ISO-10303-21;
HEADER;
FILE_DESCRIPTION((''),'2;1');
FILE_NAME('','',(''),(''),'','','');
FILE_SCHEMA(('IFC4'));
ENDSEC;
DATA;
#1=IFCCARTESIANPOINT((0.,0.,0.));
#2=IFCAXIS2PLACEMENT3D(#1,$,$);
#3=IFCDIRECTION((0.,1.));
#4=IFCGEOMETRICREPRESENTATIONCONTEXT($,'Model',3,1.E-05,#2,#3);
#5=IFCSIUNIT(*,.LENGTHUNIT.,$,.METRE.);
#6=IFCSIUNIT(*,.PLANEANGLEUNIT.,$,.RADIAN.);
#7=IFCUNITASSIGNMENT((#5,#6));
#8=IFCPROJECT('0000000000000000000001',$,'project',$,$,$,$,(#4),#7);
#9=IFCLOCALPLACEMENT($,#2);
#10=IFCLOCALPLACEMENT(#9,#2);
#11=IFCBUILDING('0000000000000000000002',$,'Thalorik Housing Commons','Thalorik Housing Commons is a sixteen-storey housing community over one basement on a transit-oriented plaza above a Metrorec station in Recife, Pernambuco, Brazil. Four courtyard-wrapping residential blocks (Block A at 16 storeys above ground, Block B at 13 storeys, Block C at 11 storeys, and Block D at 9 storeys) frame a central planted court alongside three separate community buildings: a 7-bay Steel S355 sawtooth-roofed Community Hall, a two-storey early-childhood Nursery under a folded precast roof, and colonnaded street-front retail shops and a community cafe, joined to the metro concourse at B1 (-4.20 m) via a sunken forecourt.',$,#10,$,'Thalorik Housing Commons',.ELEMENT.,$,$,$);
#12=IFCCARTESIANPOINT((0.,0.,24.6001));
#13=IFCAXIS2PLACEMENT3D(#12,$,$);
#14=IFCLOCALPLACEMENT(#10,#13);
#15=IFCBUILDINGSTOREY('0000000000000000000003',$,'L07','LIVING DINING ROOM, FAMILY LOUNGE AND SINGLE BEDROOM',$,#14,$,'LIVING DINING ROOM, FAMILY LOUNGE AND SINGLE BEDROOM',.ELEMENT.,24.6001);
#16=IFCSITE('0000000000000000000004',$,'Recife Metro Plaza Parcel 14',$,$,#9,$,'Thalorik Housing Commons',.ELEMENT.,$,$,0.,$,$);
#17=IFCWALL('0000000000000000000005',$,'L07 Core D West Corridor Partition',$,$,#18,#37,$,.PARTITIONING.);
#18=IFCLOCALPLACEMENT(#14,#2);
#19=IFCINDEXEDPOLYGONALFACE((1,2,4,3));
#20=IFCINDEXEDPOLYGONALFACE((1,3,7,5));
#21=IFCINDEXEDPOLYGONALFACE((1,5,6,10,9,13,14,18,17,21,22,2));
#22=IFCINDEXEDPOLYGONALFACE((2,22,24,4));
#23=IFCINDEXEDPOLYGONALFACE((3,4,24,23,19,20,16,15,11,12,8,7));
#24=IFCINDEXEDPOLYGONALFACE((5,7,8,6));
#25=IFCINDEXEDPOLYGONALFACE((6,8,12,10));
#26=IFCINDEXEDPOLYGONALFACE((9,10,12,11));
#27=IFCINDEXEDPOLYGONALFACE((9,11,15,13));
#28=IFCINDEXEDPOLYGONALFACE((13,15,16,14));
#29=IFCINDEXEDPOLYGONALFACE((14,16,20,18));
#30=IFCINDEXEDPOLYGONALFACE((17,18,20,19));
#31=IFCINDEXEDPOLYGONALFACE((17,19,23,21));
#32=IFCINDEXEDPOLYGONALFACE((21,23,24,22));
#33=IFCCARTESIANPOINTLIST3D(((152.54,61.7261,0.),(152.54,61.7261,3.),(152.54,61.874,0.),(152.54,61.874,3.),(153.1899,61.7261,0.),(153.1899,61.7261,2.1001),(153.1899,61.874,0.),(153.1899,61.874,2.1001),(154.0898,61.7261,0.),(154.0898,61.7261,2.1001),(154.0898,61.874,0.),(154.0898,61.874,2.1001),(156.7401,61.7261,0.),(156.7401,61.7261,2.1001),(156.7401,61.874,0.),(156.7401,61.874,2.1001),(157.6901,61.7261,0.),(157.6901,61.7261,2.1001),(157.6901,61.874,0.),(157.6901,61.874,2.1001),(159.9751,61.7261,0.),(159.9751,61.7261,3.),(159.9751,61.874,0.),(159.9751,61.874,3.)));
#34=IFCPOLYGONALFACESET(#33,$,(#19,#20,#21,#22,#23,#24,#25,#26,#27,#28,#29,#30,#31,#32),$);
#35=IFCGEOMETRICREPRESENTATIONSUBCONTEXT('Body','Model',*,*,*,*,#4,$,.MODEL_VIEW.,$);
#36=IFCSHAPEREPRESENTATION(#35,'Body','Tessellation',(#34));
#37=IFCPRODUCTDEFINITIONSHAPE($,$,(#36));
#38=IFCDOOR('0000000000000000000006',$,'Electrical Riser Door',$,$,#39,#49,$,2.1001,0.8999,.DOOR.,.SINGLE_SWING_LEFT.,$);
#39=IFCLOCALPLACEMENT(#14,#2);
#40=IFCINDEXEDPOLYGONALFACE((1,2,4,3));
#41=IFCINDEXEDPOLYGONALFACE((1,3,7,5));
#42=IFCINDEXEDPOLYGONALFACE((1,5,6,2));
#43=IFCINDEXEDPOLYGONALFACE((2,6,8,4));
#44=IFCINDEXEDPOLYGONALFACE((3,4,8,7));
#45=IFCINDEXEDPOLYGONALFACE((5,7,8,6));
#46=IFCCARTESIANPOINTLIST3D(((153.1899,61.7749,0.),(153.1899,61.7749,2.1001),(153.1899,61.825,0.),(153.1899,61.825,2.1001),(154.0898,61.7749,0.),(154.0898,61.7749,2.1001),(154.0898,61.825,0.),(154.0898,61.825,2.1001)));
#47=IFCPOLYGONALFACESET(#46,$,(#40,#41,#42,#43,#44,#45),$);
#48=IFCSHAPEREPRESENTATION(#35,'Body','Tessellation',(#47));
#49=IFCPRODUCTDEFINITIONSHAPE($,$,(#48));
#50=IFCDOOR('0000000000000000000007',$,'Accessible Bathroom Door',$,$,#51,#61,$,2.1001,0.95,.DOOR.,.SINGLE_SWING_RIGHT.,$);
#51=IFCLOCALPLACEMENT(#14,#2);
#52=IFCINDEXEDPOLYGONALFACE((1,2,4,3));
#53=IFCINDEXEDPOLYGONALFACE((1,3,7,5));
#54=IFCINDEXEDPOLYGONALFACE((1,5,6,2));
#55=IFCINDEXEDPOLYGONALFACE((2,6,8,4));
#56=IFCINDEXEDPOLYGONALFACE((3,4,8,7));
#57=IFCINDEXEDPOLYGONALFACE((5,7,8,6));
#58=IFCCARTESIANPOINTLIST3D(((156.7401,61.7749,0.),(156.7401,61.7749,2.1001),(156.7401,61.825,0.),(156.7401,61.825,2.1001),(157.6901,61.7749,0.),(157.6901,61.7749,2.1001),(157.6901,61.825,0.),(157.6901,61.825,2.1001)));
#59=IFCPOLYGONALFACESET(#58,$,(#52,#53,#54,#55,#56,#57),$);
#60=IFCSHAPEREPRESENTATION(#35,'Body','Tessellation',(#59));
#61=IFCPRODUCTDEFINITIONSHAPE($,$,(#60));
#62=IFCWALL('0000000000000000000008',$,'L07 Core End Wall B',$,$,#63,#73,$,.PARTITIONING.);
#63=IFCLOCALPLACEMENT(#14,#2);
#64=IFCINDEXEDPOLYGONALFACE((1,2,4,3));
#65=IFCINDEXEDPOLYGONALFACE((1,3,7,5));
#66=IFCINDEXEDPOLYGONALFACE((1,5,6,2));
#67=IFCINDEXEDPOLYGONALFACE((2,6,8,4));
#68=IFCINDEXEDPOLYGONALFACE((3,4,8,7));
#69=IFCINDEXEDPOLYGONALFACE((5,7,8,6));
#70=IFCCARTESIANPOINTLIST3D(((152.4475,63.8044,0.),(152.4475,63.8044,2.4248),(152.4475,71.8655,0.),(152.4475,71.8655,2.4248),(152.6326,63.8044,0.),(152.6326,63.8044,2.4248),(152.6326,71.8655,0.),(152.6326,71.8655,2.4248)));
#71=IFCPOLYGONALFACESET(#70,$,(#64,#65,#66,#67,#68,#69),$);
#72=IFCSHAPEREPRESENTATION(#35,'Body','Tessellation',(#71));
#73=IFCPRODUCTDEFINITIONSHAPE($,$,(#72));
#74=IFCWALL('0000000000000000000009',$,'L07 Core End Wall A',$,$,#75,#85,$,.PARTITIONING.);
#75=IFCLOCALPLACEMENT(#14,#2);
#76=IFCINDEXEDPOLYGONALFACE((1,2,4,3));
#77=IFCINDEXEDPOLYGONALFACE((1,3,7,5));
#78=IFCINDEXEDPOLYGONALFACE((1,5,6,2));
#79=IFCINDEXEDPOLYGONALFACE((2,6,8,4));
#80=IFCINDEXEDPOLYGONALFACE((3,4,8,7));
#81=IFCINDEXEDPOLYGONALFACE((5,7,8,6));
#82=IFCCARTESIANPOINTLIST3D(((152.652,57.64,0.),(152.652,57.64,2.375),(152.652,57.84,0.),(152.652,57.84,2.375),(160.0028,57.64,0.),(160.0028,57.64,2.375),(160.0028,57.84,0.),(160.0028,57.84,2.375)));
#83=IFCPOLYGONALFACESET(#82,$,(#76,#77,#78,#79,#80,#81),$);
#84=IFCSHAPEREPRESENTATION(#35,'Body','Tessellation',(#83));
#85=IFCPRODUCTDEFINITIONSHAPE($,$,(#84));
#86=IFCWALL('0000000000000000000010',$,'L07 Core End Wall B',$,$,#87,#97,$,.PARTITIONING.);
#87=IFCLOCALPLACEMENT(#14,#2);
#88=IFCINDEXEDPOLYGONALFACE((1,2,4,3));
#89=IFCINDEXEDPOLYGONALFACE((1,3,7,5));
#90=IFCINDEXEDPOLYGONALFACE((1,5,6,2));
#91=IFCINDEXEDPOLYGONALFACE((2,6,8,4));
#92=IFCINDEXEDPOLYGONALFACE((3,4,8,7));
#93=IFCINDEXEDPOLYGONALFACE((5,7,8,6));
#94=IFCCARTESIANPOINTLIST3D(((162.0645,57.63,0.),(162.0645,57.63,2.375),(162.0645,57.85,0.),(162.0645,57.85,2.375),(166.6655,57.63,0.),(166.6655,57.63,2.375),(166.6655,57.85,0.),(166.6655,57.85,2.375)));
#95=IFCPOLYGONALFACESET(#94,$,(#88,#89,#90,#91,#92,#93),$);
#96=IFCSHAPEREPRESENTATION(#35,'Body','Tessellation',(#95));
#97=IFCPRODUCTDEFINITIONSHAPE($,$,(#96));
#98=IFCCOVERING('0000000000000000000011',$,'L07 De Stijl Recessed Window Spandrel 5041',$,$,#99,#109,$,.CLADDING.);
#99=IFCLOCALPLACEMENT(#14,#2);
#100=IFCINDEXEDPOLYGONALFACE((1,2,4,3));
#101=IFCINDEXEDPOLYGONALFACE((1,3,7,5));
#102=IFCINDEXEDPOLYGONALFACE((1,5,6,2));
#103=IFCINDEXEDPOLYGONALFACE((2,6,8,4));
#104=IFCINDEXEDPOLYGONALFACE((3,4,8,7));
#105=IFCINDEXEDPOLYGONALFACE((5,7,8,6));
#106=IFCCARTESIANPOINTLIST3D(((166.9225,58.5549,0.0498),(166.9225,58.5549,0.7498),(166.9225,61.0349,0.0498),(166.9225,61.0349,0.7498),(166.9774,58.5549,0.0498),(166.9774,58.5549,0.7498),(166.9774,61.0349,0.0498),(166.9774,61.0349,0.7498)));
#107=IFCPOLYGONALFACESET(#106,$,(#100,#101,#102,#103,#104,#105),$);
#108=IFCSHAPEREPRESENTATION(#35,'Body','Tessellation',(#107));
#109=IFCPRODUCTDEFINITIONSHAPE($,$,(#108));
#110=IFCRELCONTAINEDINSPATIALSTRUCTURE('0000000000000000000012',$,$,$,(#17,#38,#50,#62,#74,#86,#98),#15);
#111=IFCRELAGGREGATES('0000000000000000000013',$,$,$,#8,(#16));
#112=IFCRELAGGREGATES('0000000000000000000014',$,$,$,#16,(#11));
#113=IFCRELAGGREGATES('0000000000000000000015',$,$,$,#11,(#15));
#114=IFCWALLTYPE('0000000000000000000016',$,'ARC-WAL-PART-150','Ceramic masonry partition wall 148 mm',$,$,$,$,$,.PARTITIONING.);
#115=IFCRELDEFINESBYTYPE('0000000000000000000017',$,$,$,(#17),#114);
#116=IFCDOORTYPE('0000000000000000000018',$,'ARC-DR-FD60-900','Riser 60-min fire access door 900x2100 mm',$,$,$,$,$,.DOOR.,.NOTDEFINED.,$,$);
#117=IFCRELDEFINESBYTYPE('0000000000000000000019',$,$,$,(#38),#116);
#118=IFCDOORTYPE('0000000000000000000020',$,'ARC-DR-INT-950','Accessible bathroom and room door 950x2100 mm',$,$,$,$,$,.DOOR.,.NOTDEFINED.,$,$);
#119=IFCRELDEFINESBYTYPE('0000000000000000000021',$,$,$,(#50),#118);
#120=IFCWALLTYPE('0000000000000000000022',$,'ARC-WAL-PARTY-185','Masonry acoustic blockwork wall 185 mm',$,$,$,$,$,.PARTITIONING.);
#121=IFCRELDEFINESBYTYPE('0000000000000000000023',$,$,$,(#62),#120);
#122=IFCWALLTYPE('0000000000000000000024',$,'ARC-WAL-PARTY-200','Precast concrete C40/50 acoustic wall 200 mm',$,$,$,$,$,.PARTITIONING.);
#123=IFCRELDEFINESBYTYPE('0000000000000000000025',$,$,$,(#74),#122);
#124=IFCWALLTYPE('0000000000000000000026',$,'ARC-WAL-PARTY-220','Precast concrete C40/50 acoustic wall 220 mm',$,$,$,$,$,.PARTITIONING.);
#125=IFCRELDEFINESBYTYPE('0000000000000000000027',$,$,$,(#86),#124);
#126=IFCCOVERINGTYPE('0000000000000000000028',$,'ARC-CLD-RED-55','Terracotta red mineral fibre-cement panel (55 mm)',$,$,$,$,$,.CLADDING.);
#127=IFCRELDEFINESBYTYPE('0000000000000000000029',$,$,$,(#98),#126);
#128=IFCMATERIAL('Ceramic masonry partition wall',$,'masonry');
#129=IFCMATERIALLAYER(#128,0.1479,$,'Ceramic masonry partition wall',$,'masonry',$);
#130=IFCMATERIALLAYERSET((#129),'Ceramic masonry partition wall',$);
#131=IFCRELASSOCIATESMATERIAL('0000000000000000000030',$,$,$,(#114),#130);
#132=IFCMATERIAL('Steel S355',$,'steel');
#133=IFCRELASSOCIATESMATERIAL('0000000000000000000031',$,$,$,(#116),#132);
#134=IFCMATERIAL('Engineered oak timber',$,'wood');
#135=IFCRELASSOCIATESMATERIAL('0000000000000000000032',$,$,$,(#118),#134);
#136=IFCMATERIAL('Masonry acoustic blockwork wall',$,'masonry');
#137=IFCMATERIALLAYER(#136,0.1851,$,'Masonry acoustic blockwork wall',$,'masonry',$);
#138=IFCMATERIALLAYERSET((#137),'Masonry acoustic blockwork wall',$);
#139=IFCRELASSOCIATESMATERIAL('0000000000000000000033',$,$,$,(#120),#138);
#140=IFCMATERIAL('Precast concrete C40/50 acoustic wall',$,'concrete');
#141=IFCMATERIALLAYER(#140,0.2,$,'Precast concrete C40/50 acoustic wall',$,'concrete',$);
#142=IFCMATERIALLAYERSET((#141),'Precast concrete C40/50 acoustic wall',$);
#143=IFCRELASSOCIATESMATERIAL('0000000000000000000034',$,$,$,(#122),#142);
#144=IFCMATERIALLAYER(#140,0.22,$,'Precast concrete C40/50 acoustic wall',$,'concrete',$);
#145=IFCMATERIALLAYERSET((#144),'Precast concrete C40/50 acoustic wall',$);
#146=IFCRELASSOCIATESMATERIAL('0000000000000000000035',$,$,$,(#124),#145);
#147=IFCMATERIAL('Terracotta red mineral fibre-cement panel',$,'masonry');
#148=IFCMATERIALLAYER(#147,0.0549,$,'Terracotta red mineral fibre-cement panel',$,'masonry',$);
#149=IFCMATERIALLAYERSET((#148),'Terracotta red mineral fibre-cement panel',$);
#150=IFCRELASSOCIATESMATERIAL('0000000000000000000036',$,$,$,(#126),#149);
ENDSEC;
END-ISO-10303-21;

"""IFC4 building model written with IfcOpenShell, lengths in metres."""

from ifc_helpers import new_model, si_unit, direction, frame, frame_2d, origin, origin_2d, place, context, subcontext, project, spatial, rectangle, extrude, material, layer, layer_set, type_object, element, fill, save


model = new_model("IFC4")

# Units and contexts
model_context = context("Model", 3, precision=1e-05, world=origin(), true_north=direction((0.0, 1.0)))
body_context = subcontext(model_context, "Body", "Model", "MODEL_VIEW")
ifc_project = project(units=[si_unit("LENGTHUNIT", "METRE"), si_unit("PLANEANGLEUNIT", "RADIAN")], contexts=[model_context])

# Site, building, storey
site_placement = place(None, origin())
site = spatial("IfcSite", under=ifc_project, at=site_placement, Name="Recife Metro Plaza Parcel 14", LongName="Thalorik Housing Commons", CompositionType="ELEMENT", RefElevation=0.0)
building_placement = place(site_placement, origin())
building = spatial("IfcBuilding", under=site, at=building_placement, Name="Thalorik Housing Commons", Description="Thalorik Housing Commons is a sixteen-storey housing community over one basement on a transit-oriented plaza above a Metrorec station in Recife, Pernambuco, Brazil. Four courtyard-wrapping residential blocks (Block A at 16 storeys above ground, Block B at 13 storeys, Block C at 11 storeys, and Block D at 9 storeys) frame a central planted court alongside three separate community buildings: a 7-bay Steel S355 sawtooth-roofed Community Hall, a two-storey early-childhood Nursery under a folded precast roof, and colonnaded street-front retail shops and a community cafe, joined to the metro concourse at B1 (-4.20 m) via a sunken forecourt.", LongName="Thalorik Housing Commons", CompositionType="ELEMENT")
storey_placement = place(building_placement, frame((0.0, 0.0, 24.6001)))
storey = spatial("IfcBuildingStorey", under=building, at=storey_placement, Name="L07", Description="LIVING DINING ROOM, FAMILY LOUNGE AND SINGLE BEDROOM", LongName="LIVING DINING ROOM, FAMILY LOUNGE AND SINGLE BEDROOM", CompositionType="ELEMENT", Elevation=24.6001)

# Shared definitions
ifc_material_1 = material(Name="Steel S355", Category="steel")

# Shared definitions
ifc_material_2 = material(Name="Ceramic masonry partition wall", Category="masonry")
ifc_layer_1 = layer(ifc_material_2, 0.1479, Name="Ceramic masonry partition wall", Category="masonry")
ifc_layer_set_1 = layer_set([ifc_layer_1], Name="Ceramic masonry partition wall")
wall_type_1 = type_object("IfcWallType", Name="ARC-WAL-PART-150", Description="Ceramic masonry partition wall 148 mm", PredefinedType="PARTITIONING", material=ifc_layer_set_1)

# Wall, openings, doors
wall_1_placement = place(storey_placement, frame((152.54, 61.8, 0.0), z_axis=(0.0, 0.0, 1.0), x_axis=(1.0, 0.0, 0.0)))
wall_1 = element("IfcWall", 1, at=wall_1_placement, inside=storey, type_object=wall_type_1, Name="L07 Core D West Corridor Partition", PredefinedType="PARTITIONING", context=body_context, shape_type="SweptSolid", body=[
    extrude(rectangle(XDim=7.4351, YDim=0.1479, at=frame_2d((3.7175, 0.0))), origin(), (0.0, 0.0, 1.0), 3.0),
])
opening_1_placement = place(wall_1_placement, frame((0.6499, 0.0, 0.0)))
opening_1 = element("IfcOpeningElement", 2, at=opening_1_placement, cuts=wall_1, PredefinedType="OPENING", context=body_context, shape_type="SweptSolid", body=[
    extrude(rectangle(XDim=0.8999, YDim=2.1001, at=frame_2d((0.45, 1.05))), frame((0.0, 0.084, 0.0), z_axis=(0.0, -1.0, 0.0), x_axis=(1.0, 0.0, 0.0)), (0.0, 0.0, 1.0), 0.168),
])
opening_2_placement = place(wall_1_placement, frame((4.2, 0.0, 0.0)))
opening_2 = element("IfcOpeningElement", 3, at=opening_2_placement, cuts=wall_1, PredefinedType="OPENING", context=body_context, shape_type="SweptSolid", body=[
    extrude(rectangle(XDim=0.95, YDim=2.1001, at=frame_2d((0.4751, 1.05))), frame((0.0, 0.084, 0.0), z_axis=(0.0, -1.0, 0.0), x_axis=(1.0, 0.0, 0.0)), (0.0, 0.0, 1.0), 0.168),
])
door_type_1 = type_object("IfcDoorType", Name="ARC-DR-FD60-900", Description="Riser 60-min fire access door 900x2100 mm", OperationType="NOTDEFINED", PredefinedType="DOOR", material=ifc_material_1)
door_1_placement = place(opening_1_placement, origin())
door_1 = element("IfcDoor", 4, at=door_1_placement, inside=storey, type_object=door_type_1, Name="Electrical Riser Door", OperationType="SINGLE_SWING_LEFT", OverallHeight=2.1001, OverallWidth=0.8999, PredefinedType="DOOR", context=body_context, shape_type="SweptSolid", body=[
    extrude(rectangle(XDim=0.8999, YDim=2.1001, at=frame_2d((0.45, 1.05))), frame((0.0, 0.0249, 0.0), z_axis=(0.0, -1.0, 0.0), x_axis=(1.0, 0.0, 0.0)), (0.0, 0.0, 1.0), 0.05),
])
fill(opening_1, door_1)
ifc_material_3 = material(Name="Engineered oak timber", Category="wood")
door_type_2 = type_object("IfcDoorType", Name="ARC-DR-INT-950", Description="Accessible bathroom and room door 950x2100 mm", OperationType="NOTDEFINED", PredefinedType="DOOR", material=ifc_material_3)
door_2_placement = place(opening_2_placement, origin())
door_2 = element("IfcDoor", 5, at=door_2_placement, inside=storey, type_object=door_type_2, Name="Accessible Bathroom Door", OperationType="SINGLE_SWING_RIGHT", OverallHeight=2.1001, OverallWidth=0.95, PredefinedType="DOOR", context=body_context, shape_type="SweptSolid", body=[
    extrude(rectangle(XDim=0.95, YDim=2.1001, at=frame_2d((0.4751, 1.05))), frame((0.0, 0.0249, 0.0), z_axis=(0.0, -1.0, 0.0), x_axis=(1.0, 0.0, 0.0)), (0.0, 0.0, 1.0), 0.05),
])
fill(opening_2, door_2)

# Walls
ifc_material_4 = material(Name="Masonry acoustic blockwork wall", Category="masonry")
ifc_layer_2 = layer(ifc_material_4, 0.1851, Name="Masonry acoustic blockwork wall", Category="masonry")
ifc_layer_set_2 = layer_set([ifc_layer_2], Name="Masonry acoustic blockwork wall")
wall_type_2 = type_object("IfcWallType", Name="ARC-WAL-PARTY-185", Description="Masonry acoustic blockwork wall 185 mm", PredefinedType="PARTITIONING", material=ifc_layer_set_2)
wall_2_placement = place(storey_placement, frame((152.54, 63.8044, 0.0), z_axis=(0.0, 0.0, 1.0), x_axis=(0.0, 1.0, 0.0)))
element("IfcWall", 6, at=wall_2_placement, inside=storey, type_object=wall_type_2, Name="L07 Core End Wall B", PredefinedType="PARTITIONING", context=body_context, shape_type="SweptSolid", body=[
    extrude(rectangle(XDim=8.061, YDim=0.1851, at=frame_2d((4.0305, 0.0))), origin(), (0.0, 0.0, 1.0), 2.4248),
])
ifc_material_5 = material(Name="Precast concrete C40/50 acoustic wall", Category="concrete")
ifc_layer_3 = layer(ifc_material_5, 0.2, Name="Precast concrete C40/50 acoustic wall", Category="concrete")
ifc_layer_set_3 = layer_set([ifc_layer_3], Name="Precast concrete C40/50 acoustic wall")
wall_type_3 = type_object("IfcWallType", Name="ARC-WAL-PARTY-200", Description="Precast concrete C40/50 acoustic wall 200 mm", PredefinedType="PARTITIONING", material=ifc_layer_set_3)
wall_3_placement = place(storey_placement, frame((152.6521, 57.74, 0.0), z_axis=(0.0, 0.0, 1.0), x_axis=(1.0, 0.0, 0.0)))
element("IfcWall", 7, at=wall_3_placement, inside=storey, type_object=wall_type_3, Name="L07 Core End Wall A", PredefinedType="PARTITIONING", context=body_context, shape_type="SweptSolid", body=[
    extrude(rectangle(XDim=7.3508, YDim=0.2, at=frame_2d((3.6753, 0.0))), origin(), (0.0, 0.0, 1.0), 2.375),
])
ifc_layer_4 = layer(ifc_material_5, 0.22, Name="Precast concrete C40/50 acoustic wall", Category="concrete")
ifc_layer_set_4 = layer_set([ifc_layer_4], Name="Precast concrete C40/50 acoustic wall")
wall_type_4 = type_object("IfcWallType", Name="ARC-WAL-PARTY-220", Description="Precast concrete C40/50 acoustic wall 220 mm", PredefinedType="PARTITIONING", material=ifc_layer_set_4)
wall_4_placement = place(storey_placement, frame((162.0645, 57.74, 0.0), z_axis=(0.0, 0.0, 1.0), x_axis=(1.0, 0.0, 0.0)))
element("IfcWall", 8, at=wall_4_placement, inside=storey, type_object=wall_type_4, Name="L07 Core End Wall B", PredefinedType="PARTITIONING", context=body_context, shape_type="SweptSolid", body=[
    extrude(rectangle(XDim=4.6011, YDim=0.22, at=frame_2d((2.3005, 0.0))), origin(), (0.0, 0.0, 1.0), 2.375),
])

# Covering
ifc_material_6 = material(Name="Terracotta red mineral fibre-cement panel", Category="masonry")
ifc_layer_5 = layer(ifc_material_6, 0.0549, Name="Terracotta red mineral fibre-cement panel", Category="masonry")
ifc_layer_set_5 = layer_set([ifc_layer_5], Name="Terracotta red mineral fibre-cement panel")
covering_type_1 = type_object("IfcCoveringType", Name="ARC-CLD-RED-55", Description="Terracotta red mineral fibre-cement panel (55 mm)", PredefinedType="CLADDING", material=ifc_layer_set_5)
covering_1_placement = place(storey_placement, frame((166.95, 59.7949, 0.0498), z_axis=(0.0, 0.0, 1.0), x_axis=(0.0, 1.0, 0.0)))
element("IfcCovering", 9, at=covering_1_placement, inside=storey, type_object=covering_type_1, Name="L07 De Stijl Recessed Window Spandrel 5041", PredefinedType="CLADDING", context=body_context, shape_type="SweptSolid", body=[
    extrude(rectangle(XDim=2.48, YDim=0.0549, at=origin_2d()), origin(), (0.0, 0.0, 1.0), 0.7),
])

save(model, "model.ifc")
